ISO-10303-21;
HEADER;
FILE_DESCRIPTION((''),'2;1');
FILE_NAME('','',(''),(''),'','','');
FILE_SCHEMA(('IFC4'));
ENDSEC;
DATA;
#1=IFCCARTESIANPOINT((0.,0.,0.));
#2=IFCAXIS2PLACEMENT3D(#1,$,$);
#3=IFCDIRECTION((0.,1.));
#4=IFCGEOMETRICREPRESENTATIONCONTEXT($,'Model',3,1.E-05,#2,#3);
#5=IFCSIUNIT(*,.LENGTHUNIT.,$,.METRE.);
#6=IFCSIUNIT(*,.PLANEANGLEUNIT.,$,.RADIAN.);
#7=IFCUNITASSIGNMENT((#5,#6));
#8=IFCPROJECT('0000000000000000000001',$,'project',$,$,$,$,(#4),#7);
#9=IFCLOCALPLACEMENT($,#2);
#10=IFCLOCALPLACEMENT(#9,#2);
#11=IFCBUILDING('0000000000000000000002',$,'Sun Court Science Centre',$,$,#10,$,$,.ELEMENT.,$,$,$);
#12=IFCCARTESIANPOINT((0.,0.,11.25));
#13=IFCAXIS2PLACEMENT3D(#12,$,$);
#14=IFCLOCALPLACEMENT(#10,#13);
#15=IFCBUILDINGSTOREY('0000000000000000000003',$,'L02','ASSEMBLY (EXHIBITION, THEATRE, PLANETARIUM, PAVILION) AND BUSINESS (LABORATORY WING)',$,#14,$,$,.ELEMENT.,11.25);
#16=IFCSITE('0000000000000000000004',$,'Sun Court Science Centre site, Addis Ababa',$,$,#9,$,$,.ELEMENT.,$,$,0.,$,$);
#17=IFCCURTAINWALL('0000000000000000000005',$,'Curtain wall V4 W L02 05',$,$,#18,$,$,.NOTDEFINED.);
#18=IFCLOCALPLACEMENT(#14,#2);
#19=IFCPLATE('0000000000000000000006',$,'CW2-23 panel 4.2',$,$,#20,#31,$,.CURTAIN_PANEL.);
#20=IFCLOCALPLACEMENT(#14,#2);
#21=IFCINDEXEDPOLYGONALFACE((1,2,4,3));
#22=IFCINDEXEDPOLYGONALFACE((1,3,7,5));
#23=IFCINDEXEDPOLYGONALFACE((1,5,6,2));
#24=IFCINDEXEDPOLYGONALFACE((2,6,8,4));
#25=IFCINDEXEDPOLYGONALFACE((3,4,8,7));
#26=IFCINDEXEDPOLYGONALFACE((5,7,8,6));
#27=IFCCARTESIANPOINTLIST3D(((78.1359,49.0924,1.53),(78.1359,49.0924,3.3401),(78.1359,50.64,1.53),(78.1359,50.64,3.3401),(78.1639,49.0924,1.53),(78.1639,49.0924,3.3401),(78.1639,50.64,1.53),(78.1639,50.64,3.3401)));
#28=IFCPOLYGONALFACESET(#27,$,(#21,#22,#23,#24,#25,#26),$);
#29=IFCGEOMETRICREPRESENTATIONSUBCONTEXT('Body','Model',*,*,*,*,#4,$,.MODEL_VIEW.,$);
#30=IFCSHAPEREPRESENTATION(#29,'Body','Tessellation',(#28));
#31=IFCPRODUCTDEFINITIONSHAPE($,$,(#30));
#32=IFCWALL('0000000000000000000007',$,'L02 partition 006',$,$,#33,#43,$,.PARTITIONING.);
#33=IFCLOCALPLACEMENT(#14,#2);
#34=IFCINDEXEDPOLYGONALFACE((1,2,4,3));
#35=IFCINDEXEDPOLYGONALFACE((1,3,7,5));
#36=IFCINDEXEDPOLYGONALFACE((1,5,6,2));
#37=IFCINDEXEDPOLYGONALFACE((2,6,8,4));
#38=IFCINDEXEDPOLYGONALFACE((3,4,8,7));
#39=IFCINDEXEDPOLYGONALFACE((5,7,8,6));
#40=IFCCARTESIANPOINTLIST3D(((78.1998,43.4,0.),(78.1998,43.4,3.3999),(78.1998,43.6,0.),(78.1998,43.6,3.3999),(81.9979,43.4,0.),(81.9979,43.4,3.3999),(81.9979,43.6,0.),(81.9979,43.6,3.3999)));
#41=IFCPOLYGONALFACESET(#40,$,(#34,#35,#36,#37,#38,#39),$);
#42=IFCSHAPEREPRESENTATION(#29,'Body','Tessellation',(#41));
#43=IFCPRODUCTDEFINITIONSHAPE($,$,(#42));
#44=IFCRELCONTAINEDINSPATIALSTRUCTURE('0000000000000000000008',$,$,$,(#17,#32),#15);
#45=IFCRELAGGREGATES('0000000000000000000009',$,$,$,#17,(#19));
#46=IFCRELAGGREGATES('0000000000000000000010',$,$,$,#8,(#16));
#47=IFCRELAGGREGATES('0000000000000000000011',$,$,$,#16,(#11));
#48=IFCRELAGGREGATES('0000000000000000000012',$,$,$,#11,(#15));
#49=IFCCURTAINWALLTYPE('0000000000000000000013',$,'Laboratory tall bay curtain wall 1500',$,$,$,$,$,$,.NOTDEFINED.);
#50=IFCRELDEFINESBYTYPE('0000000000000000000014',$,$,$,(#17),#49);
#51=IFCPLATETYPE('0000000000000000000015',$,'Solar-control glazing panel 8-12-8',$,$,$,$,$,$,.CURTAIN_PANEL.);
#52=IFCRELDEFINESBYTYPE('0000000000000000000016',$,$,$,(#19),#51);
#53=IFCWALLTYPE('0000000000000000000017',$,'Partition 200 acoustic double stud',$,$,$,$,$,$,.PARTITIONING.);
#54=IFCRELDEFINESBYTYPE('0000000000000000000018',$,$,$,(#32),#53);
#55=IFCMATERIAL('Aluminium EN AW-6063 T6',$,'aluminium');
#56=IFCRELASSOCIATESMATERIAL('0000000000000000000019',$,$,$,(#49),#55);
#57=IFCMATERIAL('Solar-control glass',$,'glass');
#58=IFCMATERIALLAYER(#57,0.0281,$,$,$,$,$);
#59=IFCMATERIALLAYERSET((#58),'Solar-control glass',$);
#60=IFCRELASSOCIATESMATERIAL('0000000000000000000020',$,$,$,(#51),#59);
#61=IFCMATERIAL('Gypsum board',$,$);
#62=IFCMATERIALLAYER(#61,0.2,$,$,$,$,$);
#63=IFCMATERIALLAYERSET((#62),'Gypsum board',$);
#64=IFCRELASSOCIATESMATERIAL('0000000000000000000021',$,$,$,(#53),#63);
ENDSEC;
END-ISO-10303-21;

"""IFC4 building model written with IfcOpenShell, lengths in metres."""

from ifc_helpers import new_model, si_unit, direction, frame, frame_2d, origin, origin_2d, place, context, subcontext, project, spatial, rectangle, extrude, material, layer, layer_set, type_object, element, aggregate, save


model = new_model("IFC4")

# Units and contexts
model_context = context("Model", 3, precision=1e-05, world=origin(), true_north=direction((0.0, 1.0)))
body_context = subcontext(model_context, "Body", "Model", "MODEL_VIEW")
ifc_project = project(units=[si_unit("LENGTHUNIT", "METRE"), si_unit("PLANEANGLEUNIT", "RADIAN")], contexts=[model_context])

# Site, building, storey
site_placement = place(None, origin())
site = spatial("IfcSite", under=ifc_project, at=site_placement, Name="Sun Court Science Centre site, Addis Ababa", CompositionType="ELEMENT", RefElevation=0.0)
building_placement = place(site_placement, origin())
building = spatial("IfcBuilding", under=site, at=building_placement, Name="Sun Court Science Centre", CompositionType="ELEMENT")
storey_placement = place(building_placement, frame((0.0, 0.0, 11.25)))
storey = spatial("IfcBuildingStorey", under=building, at=storey_placement, Name="L02", Description="ASSEMBLY (EXHIBITION, THEATRE, PLANETARIUM, PAVILION) AND BUSINESS (LABORATORY WING)", CompositionType="ELEMENT", Elevation=11.25)

# Shared definitions
ifc_material_1 = material(Name="Aluminium EN AW-6063 T6", Category="aluminium")
curtain_wall_type = type_object("IfcCurtainWallType", Name="Laboratory tall bay curtain wall 1500", PredefinedType="NOTDEFINED", material=ifc_material_1)

# Curtain wall
curtain_wall_1_placement = place(storey_placement, origin())
curtain_wall_1 = element("IfcCurtainWall", 1, at=curtain_wall_1_placement, inside=storey, type_object=curtain_wall_type, Name="Curtain wall V4 W L02 05", PredefinedType="NOTDEFINED")

# Plate
ifc_material_2 = material(Name="Solar-control glass", Category="glass")
ifc_layer_1 = layer(ifc_material_2, 0.0281)
ifc_layer_set_1 = layer_set([ifc_layer_1], Name="Solar-control glass")
plate_type = type_object("IfcPlateType", Name="Solar-control glazing panel 8-12-8", PredefinedType="CURTAIN_PANEL", material=ifc_layer_set_1)
plate_1_placement = place(storey_placement, frame((78.1499, 49.8662, 1.53), z_axis=(0.0, 0.0, 1.0), x_axis=(0.0, 1.0, 0.0)))
plate_1 = element("IfcPlate", 2, at=plate_1_placement, type_object=plate_type, Name="CW2-23 panel 4.2", PredefinedType="CURTAIN_PANEL", context=body_context, shape_type="SweptSolid", body=[
    extrude(rectangle(XDim=1.5476, YDim=0.0281, at=origin_2d()), origin(), (0.0, 0.0, 1.0), 1.8101),
])
aggregate(curtain_wall_1, [plate_1])

# Wall
ifc_material_3 = material(Name="Gypsum board")
ifc_layer_2 = layer(ifc_material_3, 0.2)
ifc_layer_set_2 = layer_set([ifc_layer_2], Name="Gypsum board")
wall_type = type_object("IfcWallType", Name="Partition 200 acoustic double stud", PredefinedType="PARTITIONING", material=ifc_layer_set_2)
wall_placement = place(storey_placement, frame((78.2, 43.5, 0.0), z_axis=(0.0, 0.0, 1.0), x_axis=(1.0, 0.0, 0.0)))
element("IfcWall", 3, at=wall_placement, inside=storey, type_object=wall_type, Name="L02 partition 006", PredefinedType="PARTITIONING", context=body_context, shape_type="SweptSolid", body=[
    extrude(rectangle(XDim=3.7981, YDim=0.2, at=frame_2d((1.8989, 0.0))), origin(), (0.0, 0.0, 1.0), 3.3999),
])

save(model, "model.ifc")
